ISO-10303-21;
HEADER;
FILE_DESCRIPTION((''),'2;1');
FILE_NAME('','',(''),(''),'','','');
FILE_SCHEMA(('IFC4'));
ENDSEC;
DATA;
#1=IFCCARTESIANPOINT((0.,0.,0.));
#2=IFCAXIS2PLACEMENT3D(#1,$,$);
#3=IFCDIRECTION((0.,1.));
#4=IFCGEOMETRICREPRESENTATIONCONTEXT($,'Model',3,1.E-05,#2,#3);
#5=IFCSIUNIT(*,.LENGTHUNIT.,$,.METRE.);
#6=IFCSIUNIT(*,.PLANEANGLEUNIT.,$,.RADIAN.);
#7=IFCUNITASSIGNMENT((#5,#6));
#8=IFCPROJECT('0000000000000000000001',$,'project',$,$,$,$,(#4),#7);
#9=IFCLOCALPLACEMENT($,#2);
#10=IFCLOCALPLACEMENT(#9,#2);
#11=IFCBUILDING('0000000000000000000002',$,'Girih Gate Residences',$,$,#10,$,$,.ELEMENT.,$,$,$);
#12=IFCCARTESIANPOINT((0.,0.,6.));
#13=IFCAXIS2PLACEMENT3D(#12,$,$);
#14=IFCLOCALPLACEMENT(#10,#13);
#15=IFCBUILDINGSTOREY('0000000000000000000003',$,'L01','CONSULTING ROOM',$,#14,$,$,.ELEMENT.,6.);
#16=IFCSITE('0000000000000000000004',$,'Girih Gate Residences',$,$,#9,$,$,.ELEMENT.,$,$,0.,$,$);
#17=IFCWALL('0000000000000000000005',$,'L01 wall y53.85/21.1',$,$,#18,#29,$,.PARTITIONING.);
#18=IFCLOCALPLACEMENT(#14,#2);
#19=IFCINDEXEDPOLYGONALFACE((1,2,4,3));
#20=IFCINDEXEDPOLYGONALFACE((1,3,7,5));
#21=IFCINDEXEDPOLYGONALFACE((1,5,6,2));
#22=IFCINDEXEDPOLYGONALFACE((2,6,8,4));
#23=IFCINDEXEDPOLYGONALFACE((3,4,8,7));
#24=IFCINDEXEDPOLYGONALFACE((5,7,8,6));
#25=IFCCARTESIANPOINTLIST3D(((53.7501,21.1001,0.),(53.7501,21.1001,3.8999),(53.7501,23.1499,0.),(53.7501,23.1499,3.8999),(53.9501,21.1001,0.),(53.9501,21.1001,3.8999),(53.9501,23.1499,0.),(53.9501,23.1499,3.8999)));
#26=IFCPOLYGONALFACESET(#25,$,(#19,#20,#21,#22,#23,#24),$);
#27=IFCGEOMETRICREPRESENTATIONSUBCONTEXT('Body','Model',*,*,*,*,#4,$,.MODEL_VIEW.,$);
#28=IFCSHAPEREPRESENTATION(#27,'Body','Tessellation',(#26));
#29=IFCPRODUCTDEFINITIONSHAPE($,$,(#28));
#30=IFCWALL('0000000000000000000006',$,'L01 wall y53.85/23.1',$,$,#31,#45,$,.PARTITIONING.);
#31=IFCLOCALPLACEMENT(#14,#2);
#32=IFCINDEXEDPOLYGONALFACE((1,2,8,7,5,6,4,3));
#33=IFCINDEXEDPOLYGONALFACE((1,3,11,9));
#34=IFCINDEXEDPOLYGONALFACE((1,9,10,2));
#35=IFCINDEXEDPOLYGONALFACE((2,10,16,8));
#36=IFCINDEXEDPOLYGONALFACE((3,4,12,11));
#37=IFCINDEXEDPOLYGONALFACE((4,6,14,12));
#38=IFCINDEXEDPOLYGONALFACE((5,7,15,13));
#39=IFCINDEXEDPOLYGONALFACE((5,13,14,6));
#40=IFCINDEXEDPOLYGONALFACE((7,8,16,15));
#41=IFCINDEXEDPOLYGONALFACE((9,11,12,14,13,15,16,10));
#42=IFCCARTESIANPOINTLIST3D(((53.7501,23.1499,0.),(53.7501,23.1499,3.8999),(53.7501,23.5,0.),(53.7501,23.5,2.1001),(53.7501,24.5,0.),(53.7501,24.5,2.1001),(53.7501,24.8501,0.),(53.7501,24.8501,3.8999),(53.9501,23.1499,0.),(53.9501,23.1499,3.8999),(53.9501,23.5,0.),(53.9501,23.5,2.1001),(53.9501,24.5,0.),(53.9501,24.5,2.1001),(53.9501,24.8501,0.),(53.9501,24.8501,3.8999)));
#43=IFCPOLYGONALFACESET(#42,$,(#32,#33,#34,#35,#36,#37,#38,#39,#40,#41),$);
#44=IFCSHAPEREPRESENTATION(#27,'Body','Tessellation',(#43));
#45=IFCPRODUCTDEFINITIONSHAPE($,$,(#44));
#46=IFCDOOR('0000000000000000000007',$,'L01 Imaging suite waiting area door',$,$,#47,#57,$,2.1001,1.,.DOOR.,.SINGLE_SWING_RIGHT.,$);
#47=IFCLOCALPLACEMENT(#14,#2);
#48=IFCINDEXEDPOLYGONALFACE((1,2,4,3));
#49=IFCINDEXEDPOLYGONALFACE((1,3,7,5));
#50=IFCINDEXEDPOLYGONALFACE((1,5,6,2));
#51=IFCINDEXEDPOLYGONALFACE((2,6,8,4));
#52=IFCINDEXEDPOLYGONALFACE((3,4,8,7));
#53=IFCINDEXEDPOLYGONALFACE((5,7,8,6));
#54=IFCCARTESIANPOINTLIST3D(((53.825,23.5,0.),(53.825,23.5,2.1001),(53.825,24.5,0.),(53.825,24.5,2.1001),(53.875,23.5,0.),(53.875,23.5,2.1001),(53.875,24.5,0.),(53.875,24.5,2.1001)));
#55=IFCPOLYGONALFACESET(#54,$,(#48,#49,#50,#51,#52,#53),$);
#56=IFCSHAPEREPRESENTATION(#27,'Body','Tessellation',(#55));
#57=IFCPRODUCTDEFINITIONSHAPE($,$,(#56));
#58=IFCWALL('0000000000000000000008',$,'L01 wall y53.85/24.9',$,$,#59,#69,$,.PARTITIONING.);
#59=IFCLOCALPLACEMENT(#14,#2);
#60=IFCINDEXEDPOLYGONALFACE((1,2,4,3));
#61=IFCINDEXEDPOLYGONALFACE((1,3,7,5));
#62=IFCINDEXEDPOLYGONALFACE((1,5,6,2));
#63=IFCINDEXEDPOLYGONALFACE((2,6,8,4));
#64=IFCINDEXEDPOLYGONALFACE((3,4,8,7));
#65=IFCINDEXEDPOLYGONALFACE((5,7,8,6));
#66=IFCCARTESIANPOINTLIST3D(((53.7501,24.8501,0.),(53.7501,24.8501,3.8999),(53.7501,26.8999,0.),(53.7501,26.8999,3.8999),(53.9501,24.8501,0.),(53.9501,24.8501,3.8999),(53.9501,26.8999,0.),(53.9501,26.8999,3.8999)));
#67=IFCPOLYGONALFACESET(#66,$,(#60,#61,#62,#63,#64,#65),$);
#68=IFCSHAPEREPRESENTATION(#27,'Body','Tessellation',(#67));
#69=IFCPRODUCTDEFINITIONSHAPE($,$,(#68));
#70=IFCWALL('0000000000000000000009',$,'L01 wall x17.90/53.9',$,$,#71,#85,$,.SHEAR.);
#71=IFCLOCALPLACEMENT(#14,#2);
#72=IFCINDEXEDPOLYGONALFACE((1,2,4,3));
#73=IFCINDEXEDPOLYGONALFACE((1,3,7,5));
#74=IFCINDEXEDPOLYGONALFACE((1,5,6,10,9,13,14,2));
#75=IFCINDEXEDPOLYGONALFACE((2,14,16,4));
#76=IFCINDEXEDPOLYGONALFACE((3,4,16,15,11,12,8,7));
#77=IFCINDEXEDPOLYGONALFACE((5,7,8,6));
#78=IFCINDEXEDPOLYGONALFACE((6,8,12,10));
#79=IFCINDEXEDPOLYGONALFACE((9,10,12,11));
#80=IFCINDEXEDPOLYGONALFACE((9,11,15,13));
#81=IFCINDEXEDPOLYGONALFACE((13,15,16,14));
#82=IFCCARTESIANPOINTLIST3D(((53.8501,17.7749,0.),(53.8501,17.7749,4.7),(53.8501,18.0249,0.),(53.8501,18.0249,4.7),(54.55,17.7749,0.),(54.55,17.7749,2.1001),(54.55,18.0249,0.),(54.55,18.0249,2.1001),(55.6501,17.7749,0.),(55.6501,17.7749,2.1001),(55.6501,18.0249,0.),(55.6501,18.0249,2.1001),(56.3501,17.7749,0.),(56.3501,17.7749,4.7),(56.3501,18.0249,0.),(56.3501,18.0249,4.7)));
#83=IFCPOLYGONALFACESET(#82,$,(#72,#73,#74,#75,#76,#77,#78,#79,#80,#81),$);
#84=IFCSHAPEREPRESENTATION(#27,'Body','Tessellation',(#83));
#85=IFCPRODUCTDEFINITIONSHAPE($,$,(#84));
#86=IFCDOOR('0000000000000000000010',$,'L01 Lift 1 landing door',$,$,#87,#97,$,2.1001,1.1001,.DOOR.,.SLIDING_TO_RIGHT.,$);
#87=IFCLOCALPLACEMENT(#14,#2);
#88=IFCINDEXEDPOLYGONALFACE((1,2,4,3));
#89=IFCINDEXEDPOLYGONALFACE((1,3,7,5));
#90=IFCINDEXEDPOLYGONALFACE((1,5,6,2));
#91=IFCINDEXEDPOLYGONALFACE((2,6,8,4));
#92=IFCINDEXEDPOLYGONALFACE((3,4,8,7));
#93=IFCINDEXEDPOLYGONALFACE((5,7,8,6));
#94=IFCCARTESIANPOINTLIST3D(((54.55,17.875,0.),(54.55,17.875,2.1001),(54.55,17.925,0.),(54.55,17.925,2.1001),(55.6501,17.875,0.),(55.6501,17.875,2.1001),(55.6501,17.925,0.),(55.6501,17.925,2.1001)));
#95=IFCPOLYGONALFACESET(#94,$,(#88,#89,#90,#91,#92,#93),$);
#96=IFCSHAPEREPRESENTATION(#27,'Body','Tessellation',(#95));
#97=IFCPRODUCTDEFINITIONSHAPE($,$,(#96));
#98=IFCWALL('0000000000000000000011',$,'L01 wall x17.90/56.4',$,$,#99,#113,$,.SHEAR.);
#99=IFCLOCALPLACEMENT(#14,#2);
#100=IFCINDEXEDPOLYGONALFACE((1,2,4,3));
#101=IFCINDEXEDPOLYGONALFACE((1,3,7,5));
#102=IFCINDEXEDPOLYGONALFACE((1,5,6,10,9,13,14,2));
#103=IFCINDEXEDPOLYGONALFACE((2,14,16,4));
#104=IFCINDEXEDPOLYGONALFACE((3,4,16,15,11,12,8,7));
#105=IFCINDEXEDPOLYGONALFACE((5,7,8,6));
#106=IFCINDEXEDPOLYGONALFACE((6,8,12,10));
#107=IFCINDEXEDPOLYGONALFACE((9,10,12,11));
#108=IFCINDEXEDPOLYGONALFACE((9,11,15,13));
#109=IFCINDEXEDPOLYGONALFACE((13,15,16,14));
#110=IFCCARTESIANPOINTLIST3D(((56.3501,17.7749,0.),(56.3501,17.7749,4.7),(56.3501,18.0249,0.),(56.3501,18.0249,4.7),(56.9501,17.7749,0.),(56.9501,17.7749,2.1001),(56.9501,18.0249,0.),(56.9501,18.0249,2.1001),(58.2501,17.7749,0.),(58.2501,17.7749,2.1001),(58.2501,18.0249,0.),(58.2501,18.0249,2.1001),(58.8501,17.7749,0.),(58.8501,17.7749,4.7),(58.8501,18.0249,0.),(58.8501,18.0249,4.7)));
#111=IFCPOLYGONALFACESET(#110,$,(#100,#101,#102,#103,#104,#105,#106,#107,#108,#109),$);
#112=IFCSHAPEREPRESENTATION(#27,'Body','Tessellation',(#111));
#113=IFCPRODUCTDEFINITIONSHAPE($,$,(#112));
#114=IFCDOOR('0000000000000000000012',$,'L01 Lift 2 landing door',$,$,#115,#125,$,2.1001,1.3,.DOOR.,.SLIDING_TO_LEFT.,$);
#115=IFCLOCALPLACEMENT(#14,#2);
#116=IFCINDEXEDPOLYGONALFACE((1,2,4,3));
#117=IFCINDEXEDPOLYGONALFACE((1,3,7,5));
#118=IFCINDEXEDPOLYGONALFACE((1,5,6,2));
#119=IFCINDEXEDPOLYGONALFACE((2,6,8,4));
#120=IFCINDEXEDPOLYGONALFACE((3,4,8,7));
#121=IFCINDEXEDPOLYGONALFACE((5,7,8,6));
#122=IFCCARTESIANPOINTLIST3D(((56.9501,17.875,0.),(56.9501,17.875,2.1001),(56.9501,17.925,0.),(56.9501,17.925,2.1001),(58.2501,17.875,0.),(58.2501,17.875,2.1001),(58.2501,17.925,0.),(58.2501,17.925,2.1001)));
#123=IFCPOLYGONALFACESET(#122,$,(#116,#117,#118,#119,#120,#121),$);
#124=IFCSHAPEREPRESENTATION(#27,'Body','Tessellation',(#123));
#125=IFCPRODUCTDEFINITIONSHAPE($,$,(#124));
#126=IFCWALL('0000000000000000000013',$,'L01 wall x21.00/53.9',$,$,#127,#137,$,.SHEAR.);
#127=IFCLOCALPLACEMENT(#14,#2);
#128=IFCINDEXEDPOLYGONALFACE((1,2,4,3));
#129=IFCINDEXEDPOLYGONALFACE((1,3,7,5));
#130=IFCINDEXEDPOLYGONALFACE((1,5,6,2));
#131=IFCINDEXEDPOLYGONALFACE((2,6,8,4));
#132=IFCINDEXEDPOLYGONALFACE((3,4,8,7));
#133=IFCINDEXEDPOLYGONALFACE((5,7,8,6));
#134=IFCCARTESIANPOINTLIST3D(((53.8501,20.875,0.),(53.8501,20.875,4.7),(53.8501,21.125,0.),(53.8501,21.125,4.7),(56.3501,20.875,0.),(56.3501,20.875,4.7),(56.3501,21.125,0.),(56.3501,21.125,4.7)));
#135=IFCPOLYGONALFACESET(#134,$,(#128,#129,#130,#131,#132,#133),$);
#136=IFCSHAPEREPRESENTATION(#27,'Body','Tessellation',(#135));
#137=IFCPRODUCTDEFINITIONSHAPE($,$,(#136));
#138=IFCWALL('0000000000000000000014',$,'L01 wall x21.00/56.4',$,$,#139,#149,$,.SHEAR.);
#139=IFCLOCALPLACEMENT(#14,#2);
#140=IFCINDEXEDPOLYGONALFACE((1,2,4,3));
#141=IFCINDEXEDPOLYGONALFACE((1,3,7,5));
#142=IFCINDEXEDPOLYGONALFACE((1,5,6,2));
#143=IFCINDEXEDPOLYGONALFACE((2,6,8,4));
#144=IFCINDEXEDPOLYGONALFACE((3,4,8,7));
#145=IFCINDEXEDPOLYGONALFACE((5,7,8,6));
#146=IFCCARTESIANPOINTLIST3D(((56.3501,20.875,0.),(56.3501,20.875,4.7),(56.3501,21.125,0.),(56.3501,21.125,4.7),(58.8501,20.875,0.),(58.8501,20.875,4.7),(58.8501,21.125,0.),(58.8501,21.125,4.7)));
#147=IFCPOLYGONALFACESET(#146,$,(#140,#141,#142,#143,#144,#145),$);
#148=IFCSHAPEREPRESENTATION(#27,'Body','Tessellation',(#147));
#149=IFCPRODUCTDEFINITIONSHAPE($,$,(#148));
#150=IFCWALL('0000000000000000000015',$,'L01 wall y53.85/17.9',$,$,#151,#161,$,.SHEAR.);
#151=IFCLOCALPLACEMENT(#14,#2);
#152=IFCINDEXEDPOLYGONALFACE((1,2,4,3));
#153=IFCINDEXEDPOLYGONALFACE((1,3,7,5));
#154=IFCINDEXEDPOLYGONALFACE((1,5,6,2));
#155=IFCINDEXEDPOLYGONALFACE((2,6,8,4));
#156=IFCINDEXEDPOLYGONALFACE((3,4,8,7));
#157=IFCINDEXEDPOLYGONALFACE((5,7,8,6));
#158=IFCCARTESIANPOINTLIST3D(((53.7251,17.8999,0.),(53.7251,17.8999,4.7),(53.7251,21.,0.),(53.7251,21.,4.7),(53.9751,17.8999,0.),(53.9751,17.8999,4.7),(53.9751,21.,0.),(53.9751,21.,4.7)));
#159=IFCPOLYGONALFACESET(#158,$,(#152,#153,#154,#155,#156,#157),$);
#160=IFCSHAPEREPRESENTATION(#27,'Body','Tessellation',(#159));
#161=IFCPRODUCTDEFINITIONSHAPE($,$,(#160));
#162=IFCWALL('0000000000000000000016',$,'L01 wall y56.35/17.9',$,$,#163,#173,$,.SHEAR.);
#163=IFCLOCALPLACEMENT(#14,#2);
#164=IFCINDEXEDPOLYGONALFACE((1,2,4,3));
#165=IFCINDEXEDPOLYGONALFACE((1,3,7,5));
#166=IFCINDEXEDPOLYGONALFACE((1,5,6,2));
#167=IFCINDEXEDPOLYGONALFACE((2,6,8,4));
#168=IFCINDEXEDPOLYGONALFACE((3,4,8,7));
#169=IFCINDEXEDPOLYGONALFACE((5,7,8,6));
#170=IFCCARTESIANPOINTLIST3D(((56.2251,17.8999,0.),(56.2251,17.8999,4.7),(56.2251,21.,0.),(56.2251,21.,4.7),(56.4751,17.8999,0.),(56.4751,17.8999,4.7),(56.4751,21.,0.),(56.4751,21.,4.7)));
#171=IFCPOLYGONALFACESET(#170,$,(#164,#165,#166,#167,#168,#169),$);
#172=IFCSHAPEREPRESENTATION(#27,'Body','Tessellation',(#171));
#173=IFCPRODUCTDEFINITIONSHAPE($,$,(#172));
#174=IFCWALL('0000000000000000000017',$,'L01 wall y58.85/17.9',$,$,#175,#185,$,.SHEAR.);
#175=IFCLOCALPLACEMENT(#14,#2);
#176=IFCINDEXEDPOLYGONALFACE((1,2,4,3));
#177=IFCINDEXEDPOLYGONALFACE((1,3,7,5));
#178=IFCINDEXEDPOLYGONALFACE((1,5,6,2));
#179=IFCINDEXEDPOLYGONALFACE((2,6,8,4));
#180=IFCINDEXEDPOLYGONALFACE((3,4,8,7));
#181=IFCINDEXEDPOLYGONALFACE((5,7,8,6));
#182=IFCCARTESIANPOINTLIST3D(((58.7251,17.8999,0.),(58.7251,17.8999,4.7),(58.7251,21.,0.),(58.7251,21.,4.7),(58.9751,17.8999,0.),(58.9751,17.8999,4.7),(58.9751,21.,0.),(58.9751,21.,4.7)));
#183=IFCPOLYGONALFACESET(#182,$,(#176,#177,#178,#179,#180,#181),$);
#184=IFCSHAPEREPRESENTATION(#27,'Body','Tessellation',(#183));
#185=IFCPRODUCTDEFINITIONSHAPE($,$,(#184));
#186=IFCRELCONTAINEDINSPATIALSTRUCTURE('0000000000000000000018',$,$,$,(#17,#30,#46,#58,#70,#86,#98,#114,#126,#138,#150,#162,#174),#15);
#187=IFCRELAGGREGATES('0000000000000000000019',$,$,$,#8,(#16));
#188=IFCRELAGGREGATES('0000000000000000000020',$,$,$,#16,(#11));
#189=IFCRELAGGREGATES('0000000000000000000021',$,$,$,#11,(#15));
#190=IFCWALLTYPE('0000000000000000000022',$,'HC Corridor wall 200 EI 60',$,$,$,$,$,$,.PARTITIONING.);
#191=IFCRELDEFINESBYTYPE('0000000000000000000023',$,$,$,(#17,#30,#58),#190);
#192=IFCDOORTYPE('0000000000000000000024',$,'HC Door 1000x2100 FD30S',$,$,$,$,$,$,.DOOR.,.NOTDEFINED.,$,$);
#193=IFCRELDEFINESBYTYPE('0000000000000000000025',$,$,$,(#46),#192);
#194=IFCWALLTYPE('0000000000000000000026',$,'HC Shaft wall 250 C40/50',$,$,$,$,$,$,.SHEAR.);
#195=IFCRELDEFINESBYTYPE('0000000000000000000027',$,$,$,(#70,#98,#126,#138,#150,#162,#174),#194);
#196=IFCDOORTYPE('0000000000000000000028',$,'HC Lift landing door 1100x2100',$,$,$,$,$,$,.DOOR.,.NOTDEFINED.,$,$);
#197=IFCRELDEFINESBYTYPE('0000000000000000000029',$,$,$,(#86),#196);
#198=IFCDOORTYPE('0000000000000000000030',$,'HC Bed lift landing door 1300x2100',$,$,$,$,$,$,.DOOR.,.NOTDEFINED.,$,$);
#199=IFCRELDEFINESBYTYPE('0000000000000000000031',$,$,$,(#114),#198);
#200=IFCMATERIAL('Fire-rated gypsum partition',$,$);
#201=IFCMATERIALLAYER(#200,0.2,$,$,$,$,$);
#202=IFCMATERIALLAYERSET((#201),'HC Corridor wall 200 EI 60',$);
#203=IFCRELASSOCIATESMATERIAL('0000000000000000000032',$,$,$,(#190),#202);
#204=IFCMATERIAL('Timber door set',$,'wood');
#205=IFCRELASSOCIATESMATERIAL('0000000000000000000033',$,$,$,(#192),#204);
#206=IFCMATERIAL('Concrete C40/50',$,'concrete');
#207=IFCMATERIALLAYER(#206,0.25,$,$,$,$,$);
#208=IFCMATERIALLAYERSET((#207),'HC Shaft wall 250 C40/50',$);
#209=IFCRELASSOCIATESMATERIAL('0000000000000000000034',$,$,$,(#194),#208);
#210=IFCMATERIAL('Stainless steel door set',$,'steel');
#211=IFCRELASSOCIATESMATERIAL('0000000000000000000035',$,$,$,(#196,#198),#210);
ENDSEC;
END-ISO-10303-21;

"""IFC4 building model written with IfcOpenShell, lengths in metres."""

from ifc_helpers import new_model, si_unit, direction, frame, frame_2d, origin, place, context, subcontext, project, spatial, rectangle, extrude, material, layer, layer_set, type_object, element, fill, save


model = new_model("IFC4")

# Units and contexts
model_context = context("Model", 3, precision=1e-05, world=origin(), true_north=direction((0.0, 1.0)))
body_context = subcontext(model_context, "Body", "Model", "MODEL_VIEW")
ifc_project = project(units=[si_unit("LENGTHUNIT", "METRE"), si_unit("PLANEANGLEUNIT", "RADIAN")], contexts=[model_context])

# Site, building, storey
site_placement = place(None, origin())
site = spatial("IfcSite", under=ifc_project, at=site_placement, Name="Girih Gate Residences", CompositionType="ELEMENT", RefElevation=0.0)
building_placement = place(site_placement, origin())
building = spatial("IfcBuilding", under=site, at=building_placement, Name="Girih Gate Residences", CompositionType="ELEMENT")
storey_placement = place(building_placement, frame((0.0, 0.0, 6.0)))
storey = spatial("IfcBuildingStorey", under=building, at=storey_placement, Name="L01", Description="CONSULTING ROOM", CompositionType="ELEMENT", Elevation=6.0)

# Shared definitions
ifc_material_1 = material(Name="Concrete C40/50", Category="concrete")

# Shared definitions
ifc_material_2 = material(Name="Fire-rated gypsum partition")
ifc_layer_1 = layer(ifc_material_2, 0.2)
ifc_layer_set_1 = layer_set([ifc_layer_1], Name="HC Corridor wall 200 EI 60")
wall_type_1 = type_object("IfcWallType", Name="HC Corridor wall 200 EI 60", PredefinedType="PARTITIONING", material=ifc_layer_set_1)
ifc_material_3 = material(Name="Timber door set", Category="wood")
door_type_1 = type_object("IfcDoorType", Name="HC Door 1000x2100 FD30S", OperationType="NOTDEFINED", PredefinedType="DOOR", material=ifc_material_3)

# Wall
wall_1_placement = place(storey_placement, frame((53.8501, 21.1001, 0.0), z_axis=(0.0, 0.0, 1.0), x_axis=(0.0, 1.0, 0.0)))
element("IfcWall", 1, at=wall_1_placement, inside=storey, type_object=wall_type_1, Name="L01 wall y53.85/21.1", PredefinedType="PARTITIONING", context=body_context, shape_type="SweptSolid", body=[
    extrude(rectangle(XDim=2.0498, YDim=0.2, at=frame_2d((1.0249, 0.0))), origin(), (0.0, 0.0, 1.0), 3.8999),
])

# Wall, opening, door
wall_2_placement = place(storey_placement, frame((53.8501, 24.8501, 0.0), z_axis=(0.0, 0.0, 1.0), x_axis=(0.0, -1.0, 0.0)))
wall_2 = element("IfcWall", 2, at=wall_2_placement, inside=storey, type_object=wall_type_1, Name="L01 wall y53.85/23.1", PredefinedType="PARTITIONING", context=body_context, shape_type="SweptSolid", body=[
    extrude(rectangle(XDim=1.7002, YDim=0.2, at=frame_2d((0.8501, 0.0))), origin(), (0.0, 0.0, 1.0), 3.8999),
])
opening_1_placement = place(wall_2_placement, frame((0.3501, 0.0, 0.0)))
opening_1 = element("IfcOpeningElement", 3, at=opening_1_placement, cuts=wall_2, PredefinedType="OPENING", context=body_context, shape_type="SweptSolid", body=[
    extrude(rectangle(XDim=1.0, YDim=2.1001, at=frame_2d((0.5, 1.05))), frame((0.0, 0.1099, 0.0), z_axis=(0.0, -1.0, 0.0), x_axis=(1.0, 0.0, 0.0)), (0.0, 0.0, 1.0), 0.22),
])
door_1_placement = place(opening_1_placement, origin())
door_1 = element("IfcDoor", 4, at=door_1_placement, inside=storey, type_object=door_type_1, Name="L01 Imaging suite waiting area door", OperationType="SINGLE_SWING_RIGHT", OverallHeight=2.1001, OverallWidth=1.0, PredefinedType="DOOR", context=body_context, shape_type="SweptSolid", body=[
    extrude(rectangle(XDim=1.0, YDim=2.1001, at=frame_2d((0.5, 1.05))), frame((0.0, 0.0249, 0.0), z_axis=(0.0, -1.0, 0.0), x_axis=(1.0, 0.0, 0.0)), (0.0, 0.0, 1.0), 0.05),
])
fill(opening_1, door_1)

# Wall
wall_3_placement = place(storey_placement, frame((53.8501, 24.8501, 0.0), z_axis=(0.0, 0.0, 1.0), x_axis=(0.0, 1.0, 0.0)))
element("IfcWall", 5, at=wall_3_placement, inside=storey, type_object=wall_type_1, Name="L01 wall y53.85/24.9", PredefinedType="PARTITIONING", context=body_context, shape_type="SweptSolid", body=[
    extrude(rectangle(XDim=2.0498, YDim=0.2, at=frame_2d((1.0249, 0.0))), origin(), (0.0, 0.0, 1.0), 3.8999),
])

# Walls, openings, doors
ifc_layer_2 = layer(ifc_material_1, 0.25)
ifc_layer_set_2 = layer_set([ifc_layer_2], Name="HC Shaft wall 250 C40/50")
wall_type_2 = type_object("IfcWallType", Name="HC Shaft wall 250 C40/50", PredefinedType="SHEAR", material=ifc_layer_set_2)
wall_4_placement = place(storey_placement, frame((56.3501, 17.8999, 0.0), z_axis=(0.0, 0.0, 1.0), x_axis=(-1.0, 0.0, 0.0)))
wall_4 = element("IfcWall", 6, at=wall_4_placement, inside=storey, type_object=wall_type_2, Name="L01 wall x17.90/53.9", PredefinedType="SHEAR", context=body_context, shape_type="SweptSolid", body=[
    extrude(rectangle(XDim=2.5, YDim=0.25, at=frame_2d((1.25, 0.0))), origin(), (0.0, 0.0, 1.0), 4.7),
])
opening_2_placement = place(wall_4_placement, frame((0.7, 0.0, 0.0)))
opening_2 = element("IfcOpeningElement", 7, at=opening_2_placement, cuts=wall_4, PredefinedType="OPENING", context=body_context, shape_type="SweptSolid", body=[
    extrude(rectangle(XDim=1.1001, YDim=2.1001, at=frame_2d((0.55, 1.05))), frame((0.0, 0.135, 0.0), z_axis=(0.0, -1.0, 0.0), x_axis=(1.0, 0.0, 0.0)), (0.0, 0.0, 1.0), 0.27),
])
ifc_material_4 = material(Name="Stainless steel door set", Category="steel")
door_type_2 = type_object("IfcDoorType", Name="HC Lift landing door 1100x2100", OperationType="NOTDEFINED", PredefinedType="DOOR", material=ifc_material_4)
door_2_placement = place(opening_2_placement, origin())
door_2 = element("IfcDoor", 8, at=door_2_placement, inside=storey, type_object=door_type_2, Name="L01 Lift 1 landing door", OperationType="SLIDING_TO_RIGHT", OverallHeight=2.1001, OverallWidth=1.1001, PredefinedType="DOOR", context=body_context, shape_type="SweptSolid", body=[
    extrude(rectangle(XDim=1.1001, YDim=2.1001, at=frame_2d((0.55, 1.05))), frame((0.0, 0.0249, 0.0), z_axis=(0.0, -1.0, 0.0), x_axis=(1.0, 0.0, 0.0)), (0.0, 0.0, 1.0), 0.05),
])
fill(opening_2, door_2)
wall_5_placement = place(storey_placement, frame((58.8501, 17.8999, 0.0), z_axis=(0.0, 0.0, 1.0), x_axis=(-1.0, 0.0, 0.0)))
wall_5 = element("IfcWall", 9, at=wall_5_placement, inside=storey, type_object=wall_type_2, Name="L01 wall x17.90/56.4", PredefinedType="SHEAR", context=body_context, shape_type="SweptSolid", body=[
    extrude(rectangle(XDim=2.5, YDim=0.25, at=frame_2d((1.25, 0.0))), origin(), (0.0, 0.0, 1.0), 4.7),
])
opening_3_placement = place(wall_5_placement, frame((0.6001, 0.0, 0.0)))
opening_3 = element("IfcOpeningElement", 10, at=opening_3_placement, cuts=wall_5, PredefinedType="OPENING", context=body_context, shape_type="SweptSolid", body=[
    extrude(rectangle(XDim=1.3, YDim=2.1001, at=frame_2d((0.6499, 1.05))), frame((0.0, 0.135, 0.0), z_axis=(0.0, -1.0, 0.0), x_axis=(1.0, 0.0, 0.0)), (0.0, 0.0, 1.0), 0.27),
])
door_type_3 = type_object("IfcDoorType", Name="HC Bed lift landing door 1300x2100", OperationType="NOTDEFINED", PredefinedType="DOOR", material=ifc_material_4)
door_3_placement = place(opening_3_placement, origin())
door_3 = element("IfcDoor", 11, at=door_3_placement, inside=storey, type_object=door_type_3, Name="L01 Lift 2 landing door", OperationType="SLIDING_TO_LEFT", OverallHeight=2.1001, OverallWidth=1.3, PredefinedType="DOOR", context=body_context, shape_type="SweptSolid", body=[
    extrude(rectangle(XDim=1.3, YDim=2.1001, at=frame_2d((0.6499, 1.05))), frame((0.0, 0.0249, 0.0), z_axis=(0.0, -1.0, 0.0), x_axis=(1.0, 0.0, 0.0)), (0.0, 0.0, 1.0), 0.05),
])
fill(opening_3, door_3)

# Walls
for number, where, z_axis, x_axis, name in (
    (12, (53.8501, 21.0, 0.0), (0.0, 0.0, 1.0), (1.0, 0.0, 0.0), "L01 wall x21.00/53.9"),
    (13, (56.3501, 21.0, 0.0), (0.0, 0.0, 1.0), (1.0, 0.0, 0.0), "L01 wall x21.00/56.4"),
):
    element("IfcWall", number, at=place(storey_placement, frame(where, z_axis=z_axis, x_axis=x_axis)), inside=storey, type_object=wall_type_2, Name=name, PredefinedType="SHEAR", context=body_context, shape_type="SweptSolid", body=[
        extrude(rectangle(XDim=2.5, YDim=0.25, at=frame_2d((1.25, 0.0))), origin(), (0.0, 0.0, 1.0), 4.7),
    ])
for number, where, z_axis, x_axis, name in (
    (14, (53.8501, 17.8999, 0.0), (0.0, 0.0, 1.0), (0.0, 1.0, 0.0), "L01 wall y53.85/17.9"),
    (15, (56.3501, 17.8999, 0.0), (0.0, 0.0, 1.0), (0.0, 1.0, 0.0), "L01 wall y56.35/17.9"),
    (16, (58.8501, 17.8999, 0.0), (0.0, 0.0, 1.0), (0.0, 1.0, 0.0), "L01 wall y58.85/17.9"),
):
    element("IfcWall", number, at=place(storey_placement, frame(where, z_axis=z_axis, x_axis=x_axis)), inside=storey, type_object=wall_type_2, Name=name, PredefinedType="SHEAR", context=body_context, shape_type="SweptSolid", body=[
        extrude(rectangle(XDim=3.1001, YDim=0.25, at=frame_2d((1.55, 0.0))), origin(), (0.0, 0.0, 1.0), 4.7),
    ])

save(model, "model.ifc")
